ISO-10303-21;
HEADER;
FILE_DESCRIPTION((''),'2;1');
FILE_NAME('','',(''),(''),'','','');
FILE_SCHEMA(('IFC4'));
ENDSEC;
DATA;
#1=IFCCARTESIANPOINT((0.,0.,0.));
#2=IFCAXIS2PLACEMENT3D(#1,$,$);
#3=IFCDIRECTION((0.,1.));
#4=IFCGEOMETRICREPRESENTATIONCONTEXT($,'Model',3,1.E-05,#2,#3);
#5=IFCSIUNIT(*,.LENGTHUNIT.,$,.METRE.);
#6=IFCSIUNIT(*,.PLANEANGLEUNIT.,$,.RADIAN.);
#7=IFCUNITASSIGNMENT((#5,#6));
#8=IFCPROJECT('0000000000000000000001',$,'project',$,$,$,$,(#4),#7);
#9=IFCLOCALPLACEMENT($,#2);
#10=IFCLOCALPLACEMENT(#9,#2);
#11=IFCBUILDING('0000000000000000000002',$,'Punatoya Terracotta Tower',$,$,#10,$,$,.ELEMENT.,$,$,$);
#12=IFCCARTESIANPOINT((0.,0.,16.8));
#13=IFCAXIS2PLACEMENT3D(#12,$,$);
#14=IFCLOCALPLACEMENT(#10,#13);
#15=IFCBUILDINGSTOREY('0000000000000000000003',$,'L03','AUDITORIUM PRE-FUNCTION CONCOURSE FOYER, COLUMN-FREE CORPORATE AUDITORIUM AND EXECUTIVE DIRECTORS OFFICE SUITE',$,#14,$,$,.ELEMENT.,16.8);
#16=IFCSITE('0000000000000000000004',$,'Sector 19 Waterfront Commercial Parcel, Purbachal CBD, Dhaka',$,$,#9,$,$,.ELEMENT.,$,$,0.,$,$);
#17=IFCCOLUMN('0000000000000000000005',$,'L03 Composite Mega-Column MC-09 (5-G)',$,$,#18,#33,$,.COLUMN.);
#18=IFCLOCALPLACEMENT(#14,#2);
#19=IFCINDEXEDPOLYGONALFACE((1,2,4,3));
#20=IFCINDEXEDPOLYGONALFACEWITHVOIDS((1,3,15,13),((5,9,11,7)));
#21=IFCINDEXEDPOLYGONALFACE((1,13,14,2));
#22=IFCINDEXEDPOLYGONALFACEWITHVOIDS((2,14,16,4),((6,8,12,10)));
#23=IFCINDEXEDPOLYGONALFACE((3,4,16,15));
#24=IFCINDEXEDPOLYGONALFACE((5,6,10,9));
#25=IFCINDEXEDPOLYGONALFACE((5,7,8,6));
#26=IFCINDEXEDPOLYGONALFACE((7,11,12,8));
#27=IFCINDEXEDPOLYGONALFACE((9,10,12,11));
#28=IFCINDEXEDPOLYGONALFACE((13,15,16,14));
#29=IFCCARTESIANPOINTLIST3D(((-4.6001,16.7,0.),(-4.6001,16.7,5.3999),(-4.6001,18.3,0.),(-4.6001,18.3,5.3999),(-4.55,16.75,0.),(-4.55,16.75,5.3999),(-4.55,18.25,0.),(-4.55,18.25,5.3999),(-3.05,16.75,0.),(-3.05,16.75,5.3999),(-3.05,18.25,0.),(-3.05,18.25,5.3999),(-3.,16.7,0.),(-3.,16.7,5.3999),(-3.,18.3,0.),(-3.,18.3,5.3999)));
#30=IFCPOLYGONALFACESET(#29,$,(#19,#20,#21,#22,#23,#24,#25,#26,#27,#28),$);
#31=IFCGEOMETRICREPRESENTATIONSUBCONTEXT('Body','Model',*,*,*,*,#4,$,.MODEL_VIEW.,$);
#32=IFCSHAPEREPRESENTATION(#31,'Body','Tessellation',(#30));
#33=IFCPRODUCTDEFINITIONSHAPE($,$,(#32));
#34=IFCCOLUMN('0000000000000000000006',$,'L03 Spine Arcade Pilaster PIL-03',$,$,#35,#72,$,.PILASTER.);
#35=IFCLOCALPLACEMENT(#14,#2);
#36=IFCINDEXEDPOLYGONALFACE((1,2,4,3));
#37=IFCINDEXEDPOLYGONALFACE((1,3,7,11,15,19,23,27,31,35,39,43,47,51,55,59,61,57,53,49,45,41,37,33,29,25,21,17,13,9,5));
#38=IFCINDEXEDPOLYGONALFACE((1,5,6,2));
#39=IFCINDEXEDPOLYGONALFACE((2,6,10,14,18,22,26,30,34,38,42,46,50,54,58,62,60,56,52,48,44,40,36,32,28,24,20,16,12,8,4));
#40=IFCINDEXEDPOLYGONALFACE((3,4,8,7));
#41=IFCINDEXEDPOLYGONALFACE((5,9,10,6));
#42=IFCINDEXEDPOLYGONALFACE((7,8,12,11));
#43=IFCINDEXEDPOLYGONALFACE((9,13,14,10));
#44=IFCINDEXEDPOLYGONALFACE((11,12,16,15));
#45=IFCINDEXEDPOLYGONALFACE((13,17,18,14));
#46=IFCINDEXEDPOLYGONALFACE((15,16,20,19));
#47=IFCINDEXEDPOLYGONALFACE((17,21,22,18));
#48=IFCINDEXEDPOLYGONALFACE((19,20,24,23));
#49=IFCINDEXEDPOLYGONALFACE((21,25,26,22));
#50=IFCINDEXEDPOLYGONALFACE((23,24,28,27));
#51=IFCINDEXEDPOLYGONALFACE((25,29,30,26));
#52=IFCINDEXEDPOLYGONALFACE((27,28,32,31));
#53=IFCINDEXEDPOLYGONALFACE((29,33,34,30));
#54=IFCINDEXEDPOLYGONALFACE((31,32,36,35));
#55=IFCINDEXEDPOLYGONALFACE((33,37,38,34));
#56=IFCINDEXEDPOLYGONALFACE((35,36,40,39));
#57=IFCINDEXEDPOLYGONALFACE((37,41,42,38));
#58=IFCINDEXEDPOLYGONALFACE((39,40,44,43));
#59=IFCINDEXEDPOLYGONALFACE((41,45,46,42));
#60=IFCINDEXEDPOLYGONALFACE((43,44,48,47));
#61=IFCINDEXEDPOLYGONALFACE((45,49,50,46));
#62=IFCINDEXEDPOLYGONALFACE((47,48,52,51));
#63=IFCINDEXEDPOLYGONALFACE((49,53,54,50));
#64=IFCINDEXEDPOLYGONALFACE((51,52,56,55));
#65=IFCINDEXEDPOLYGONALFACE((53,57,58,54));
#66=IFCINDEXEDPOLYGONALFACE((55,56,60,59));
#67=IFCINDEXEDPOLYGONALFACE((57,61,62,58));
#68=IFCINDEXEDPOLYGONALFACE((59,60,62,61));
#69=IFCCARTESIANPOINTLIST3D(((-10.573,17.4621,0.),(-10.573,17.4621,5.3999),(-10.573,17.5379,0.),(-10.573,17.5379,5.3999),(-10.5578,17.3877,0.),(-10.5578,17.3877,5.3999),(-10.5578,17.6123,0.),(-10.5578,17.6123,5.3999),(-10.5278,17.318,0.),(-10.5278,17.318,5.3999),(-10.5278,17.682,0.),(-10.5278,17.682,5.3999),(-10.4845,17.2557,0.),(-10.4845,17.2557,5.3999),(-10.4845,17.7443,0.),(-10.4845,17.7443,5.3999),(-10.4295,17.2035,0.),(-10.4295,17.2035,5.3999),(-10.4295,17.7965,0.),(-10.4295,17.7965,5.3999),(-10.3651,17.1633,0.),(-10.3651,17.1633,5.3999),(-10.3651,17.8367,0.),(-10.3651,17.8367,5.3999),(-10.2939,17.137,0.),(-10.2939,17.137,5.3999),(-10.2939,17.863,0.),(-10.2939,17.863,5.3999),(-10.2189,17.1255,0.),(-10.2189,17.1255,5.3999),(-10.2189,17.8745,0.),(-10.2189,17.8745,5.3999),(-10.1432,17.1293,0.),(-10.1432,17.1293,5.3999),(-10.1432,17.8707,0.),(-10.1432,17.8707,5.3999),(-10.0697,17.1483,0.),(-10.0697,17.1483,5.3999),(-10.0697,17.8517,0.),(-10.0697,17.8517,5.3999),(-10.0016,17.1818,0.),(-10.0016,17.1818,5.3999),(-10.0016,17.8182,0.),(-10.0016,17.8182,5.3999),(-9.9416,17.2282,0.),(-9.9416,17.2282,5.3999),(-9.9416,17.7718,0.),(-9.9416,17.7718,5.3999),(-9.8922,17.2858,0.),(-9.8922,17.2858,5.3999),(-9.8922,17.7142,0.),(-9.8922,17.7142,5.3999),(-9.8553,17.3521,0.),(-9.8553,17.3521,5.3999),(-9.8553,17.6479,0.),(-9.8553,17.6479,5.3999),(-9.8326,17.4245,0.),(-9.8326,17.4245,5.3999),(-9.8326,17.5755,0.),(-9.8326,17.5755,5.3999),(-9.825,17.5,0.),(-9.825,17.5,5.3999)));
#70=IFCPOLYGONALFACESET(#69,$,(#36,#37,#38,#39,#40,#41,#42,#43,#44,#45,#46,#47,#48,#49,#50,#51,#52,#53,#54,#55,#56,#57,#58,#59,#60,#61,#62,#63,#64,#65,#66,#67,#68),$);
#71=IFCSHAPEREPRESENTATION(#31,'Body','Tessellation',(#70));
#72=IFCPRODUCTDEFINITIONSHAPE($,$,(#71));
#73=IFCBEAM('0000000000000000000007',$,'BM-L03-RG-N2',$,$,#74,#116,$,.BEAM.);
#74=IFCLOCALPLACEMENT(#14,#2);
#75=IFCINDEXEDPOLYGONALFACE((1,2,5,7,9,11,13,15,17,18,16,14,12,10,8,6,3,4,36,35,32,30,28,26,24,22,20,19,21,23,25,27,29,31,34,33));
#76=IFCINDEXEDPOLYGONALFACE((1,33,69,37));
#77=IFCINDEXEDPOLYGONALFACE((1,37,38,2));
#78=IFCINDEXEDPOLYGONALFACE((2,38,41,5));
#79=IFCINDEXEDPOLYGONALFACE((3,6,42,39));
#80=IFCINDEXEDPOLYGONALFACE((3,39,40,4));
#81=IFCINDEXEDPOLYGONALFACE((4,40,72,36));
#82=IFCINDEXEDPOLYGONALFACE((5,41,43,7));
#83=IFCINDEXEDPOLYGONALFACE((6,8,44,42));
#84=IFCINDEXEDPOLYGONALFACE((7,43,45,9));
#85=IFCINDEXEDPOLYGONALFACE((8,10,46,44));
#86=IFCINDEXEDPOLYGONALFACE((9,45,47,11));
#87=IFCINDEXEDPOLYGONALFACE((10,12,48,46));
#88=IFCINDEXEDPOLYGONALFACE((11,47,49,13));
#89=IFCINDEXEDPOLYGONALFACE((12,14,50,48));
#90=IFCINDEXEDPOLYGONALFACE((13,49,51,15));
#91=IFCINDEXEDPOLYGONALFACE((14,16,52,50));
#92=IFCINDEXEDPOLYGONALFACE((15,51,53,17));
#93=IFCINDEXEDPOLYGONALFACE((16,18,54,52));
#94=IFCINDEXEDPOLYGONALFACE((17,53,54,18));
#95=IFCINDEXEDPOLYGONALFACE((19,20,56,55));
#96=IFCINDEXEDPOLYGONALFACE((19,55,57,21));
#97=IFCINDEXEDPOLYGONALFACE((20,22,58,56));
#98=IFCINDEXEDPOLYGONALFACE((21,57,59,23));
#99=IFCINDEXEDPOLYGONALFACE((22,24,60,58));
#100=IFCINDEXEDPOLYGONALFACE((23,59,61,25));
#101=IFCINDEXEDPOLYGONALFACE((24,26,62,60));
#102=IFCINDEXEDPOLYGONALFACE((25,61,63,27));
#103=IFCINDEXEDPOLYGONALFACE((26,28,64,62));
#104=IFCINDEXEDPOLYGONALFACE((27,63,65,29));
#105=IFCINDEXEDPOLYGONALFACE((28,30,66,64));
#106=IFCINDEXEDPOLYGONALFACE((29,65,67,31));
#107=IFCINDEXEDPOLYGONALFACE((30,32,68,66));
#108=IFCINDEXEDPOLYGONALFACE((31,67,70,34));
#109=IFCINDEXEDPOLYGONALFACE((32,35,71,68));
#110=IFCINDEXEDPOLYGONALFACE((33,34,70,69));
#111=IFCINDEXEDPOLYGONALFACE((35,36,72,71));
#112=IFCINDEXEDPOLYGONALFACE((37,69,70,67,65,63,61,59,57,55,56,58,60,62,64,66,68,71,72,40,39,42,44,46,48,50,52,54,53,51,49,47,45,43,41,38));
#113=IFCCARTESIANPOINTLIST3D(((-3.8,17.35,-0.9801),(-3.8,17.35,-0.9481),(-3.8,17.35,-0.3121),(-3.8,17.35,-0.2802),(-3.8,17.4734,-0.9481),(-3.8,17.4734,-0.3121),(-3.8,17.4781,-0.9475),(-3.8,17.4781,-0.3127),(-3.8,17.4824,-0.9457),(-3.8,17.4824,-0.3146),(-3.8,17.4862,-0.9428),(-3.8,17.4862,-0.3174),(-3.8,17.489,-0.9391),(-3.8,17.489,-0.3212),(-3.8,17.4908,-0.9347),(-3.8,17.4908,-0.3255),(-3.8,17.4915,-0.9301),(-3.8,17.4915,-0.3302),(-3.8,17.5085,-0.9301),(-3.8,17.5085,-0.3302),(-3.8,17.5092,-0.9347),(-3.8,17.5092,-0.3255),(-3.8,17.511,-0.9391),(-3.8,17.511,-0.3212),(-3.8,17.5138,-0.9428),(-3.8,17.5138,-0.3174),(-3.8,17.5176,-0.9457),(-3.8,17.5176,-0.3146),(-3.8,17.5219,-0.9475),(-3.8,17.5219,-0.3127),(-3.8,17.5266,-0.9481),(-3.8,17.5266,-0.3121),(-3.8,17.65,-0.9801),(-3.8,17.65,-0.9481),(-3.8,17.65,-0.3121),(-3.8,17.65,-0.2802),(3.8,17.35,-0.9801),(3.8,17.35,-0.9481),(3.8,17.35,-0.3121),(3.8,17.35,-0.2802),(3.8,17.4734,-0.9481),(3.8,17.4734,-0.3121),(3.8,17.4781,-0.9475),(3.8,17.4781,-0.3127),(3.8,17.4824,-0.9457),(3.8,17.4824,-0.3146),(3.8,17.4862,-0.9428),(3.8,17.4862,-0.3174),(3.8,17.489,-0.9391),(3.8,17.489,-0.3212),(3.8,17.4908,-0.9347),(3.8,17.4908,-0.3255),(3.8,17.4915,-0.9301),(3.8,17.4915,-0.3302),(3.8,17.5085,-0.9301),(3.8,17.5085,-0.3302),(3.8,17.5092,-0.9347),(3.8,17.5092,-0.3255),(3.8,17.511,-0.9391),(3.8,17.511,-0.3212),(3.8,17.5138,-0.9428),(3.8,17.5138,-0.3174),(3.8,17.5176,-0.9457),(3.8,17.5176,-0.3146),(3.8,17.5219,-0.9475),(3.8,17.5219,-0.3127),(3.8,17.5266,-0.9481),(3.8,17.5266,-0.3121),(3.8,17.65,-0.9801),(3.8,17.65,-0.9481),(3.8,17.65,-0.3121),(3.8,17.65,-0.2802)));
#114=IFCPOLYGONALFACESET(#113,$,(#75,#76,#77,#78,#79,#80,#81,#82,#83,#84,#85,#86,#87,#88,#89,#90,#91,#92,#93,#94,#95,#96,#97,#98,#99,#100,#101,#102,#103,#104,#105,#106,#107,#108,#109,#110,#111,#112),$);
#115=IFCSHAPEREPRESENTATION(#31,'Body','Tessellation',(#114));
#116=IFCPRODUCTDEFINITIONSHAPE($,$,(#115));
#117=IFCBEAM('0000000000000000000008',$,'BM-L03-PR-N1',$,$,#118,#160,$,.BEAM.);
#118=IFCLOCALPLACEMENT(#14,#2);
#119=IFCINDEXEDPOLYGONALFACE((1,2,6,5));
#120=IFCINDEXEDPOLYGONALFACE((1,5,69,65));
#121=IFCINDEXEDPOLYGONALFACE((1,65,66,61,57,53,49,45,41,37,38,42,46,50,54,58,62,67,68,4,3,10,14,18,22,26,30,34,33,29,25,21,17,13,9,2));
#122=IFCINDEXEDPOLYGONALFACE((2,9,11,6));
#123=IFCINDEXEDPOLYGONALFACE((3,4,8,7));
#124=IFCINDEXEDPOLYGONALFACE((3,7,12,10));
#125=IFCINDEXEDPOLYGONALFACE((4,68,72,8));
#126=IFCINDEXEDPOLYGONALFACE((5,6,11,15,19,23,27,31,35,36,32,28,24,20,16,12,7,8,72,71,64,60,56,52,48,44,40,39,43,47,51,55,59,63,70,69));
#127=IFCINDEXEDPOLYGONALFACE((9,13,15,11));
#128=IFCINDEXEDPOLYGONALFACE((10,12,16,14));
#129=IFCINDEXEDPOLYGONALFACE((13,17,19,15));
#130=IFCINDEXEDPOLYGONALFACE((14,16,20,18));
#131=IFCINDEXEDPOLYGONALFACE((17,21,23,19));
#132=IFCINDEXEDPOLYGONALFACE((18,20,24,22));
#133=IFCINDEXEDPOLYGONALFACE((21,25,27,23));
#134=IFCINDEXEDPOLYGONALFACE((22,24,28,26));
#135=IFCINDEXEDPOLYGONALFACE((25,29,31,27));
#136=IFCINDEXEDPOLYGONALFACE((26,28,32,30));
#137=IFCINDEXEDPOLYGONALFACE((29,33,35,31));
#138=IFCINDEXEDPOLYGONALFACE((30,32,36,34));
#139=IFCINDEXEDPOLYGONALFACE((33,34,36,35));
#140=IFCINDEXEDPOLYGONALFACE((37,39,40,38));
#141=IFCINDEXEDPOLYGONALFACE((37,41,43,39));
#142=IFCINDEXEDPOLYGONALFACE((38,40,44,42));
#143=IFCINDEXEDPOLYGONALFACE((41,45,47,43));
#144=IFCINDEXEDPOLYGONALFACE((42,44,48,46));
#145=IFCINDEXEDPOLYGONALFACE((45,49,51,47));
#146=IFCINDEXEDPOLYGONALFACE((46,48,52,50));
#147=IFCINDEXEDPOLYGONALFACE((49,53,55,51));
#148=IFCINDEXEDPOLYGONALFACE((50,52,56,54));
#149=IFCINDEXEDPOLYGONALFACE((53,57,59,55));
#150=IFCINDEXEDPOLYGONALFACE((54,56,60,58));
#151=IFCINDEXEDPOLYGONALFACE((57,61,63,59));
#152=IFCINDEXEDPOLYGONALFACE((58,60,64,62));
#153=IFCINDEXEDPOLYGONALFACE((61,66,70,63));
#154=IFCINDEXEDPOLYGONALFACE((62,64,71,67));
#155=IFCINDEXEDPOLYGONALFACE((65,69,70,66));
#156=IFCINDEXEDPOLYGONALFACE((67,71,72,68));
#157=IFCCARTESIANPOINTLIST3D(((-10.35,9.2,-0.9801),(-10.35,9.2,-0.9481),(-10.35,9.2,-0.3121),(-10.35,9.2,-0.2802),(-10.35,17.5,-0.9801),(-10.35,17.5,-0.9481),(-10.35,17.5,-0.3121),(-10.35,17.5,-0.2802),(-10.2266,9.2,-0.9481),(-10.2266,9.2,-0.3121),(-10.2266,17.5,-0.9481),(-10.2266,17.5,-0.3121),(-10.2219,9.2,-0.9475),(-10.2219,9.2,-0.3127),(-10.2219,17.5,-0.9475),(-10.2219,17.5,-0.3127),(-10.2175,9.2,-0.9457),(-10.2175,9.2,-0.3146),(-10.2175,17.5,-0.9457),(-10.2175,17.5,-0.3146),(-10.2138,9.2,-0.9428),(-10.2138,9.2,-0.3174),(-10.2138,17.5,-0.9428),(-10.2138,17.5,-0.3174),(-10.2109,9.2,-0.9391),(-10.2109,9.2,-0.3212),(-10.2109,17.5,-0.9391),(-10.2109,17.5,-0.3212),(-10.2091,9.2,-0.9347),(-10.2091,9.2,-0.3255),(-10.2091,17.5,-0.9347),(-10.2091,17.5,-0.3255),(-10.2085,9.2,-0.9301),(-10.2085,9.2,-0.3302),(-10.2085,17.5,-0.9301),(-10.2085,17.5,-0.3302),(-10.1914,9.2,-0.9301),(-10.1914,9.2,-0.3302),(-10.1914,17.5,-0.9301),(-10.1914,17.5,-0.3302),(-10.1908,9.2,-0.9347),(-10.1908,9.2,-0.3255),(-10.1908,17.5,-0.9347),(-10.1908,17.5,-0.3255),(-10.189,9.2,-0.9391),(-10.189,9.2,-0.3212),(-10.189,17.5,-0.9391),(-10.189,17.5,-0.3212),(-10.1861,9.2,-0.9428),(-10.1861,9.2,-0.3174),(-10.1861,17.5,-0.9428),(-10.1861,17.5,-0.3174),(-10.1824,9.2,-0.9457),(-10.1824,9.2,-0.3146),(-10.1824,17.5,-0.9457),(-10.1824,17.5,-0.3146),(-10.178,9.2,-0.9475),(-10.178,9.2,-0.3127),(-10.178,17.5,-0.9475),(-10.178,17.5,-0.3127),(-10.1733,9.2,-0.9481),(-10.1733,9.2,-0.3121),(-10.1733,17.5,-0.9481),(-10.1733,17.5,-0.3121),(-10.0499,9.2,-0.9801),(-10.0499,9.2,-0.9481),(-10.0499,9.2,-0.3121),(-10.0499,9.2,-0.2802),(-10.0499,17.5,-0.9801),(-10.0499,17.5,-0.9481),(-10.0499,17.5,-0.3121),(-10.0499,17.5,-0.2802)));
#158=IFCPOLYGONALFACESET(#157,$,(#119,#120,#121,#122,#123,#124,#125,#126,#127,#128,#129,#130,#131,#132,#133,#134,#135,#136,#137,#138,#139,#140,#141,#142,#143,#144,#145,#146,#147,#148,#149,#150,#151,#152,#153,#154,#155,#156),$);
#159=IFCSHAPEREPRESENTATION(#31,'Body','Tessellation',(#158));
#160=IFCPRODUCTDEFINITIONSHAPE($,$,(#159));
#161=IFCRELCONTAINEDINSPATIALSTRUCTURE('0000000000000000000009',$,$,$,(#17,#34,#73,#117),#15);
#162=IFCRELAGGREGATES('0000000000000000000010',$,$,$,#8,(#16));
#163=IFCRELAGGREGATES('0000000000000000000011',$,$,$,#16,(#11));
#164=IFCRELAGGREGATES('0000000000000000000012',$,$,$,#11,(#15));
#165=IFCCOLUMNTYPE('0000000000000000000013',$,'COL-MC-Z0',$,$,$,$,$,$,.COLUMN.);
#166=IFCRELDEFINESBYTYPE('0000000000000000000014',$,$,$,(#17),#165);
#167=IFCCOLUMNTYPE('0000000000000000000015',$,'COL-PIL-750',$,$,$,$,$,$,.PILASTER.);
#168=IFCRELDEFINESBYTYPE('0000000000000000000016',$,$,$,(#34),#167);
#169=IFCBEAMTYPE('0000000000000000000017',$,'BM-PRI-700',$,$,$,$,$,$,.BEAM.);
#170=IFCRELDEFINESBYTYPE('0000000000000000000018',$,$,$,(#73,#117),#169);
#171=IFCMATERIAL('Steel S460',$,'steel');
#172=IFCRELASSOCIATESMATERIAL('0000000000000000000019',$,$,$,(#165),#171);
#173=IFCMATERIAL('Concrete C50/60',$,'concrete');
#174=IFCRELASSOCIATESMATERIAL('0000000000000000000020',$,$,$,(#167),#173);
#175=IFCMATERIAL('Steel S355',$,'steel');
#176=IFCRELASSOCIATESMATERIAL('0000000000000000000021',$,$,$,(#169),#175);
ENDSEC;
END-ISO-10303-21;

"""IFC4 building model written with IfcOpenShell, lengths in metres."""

from ifc_helpers import new_model, si_unit, direction, frame, origin, origin_2d, place, context, subcontext, project, spatial, hollow_rectangle, circle, i_section, extrude, material, material_profile, profile_set, type_object, element, save


model = new_model("IFC4")

# Units and contexts
model_context = context("Model", 3, precision=1e-05, world=origin(), true_north=direction((0.0, 1.0)))
body_context = subcontext(model_context, "Body", "Model", "MODEL_VIEW")
ifc_project = project(units=[si_unit("LENGTHUNIT", "METRE"), si_unit("PLANEANGLEUNIT", "RADIAN")], contexts=[model_context])

# Site, building, storey
site_placement = place(None, origin())
site = spatial("IfcSite", under=ifc_project, at=site_placement, Name="Sector 19 Waterfront Commercial Parcel, Purbachal CBD, Dhaka", CompositionType="ELEMENT", RefElevation=0.0)
building_placement = place(site_placement, origin())
building = spatial("IfcBuilding", under=site, at=building_placement, Name="Punatoya Terracotta Tower", CompositionType="ELEMENT")
storey_placement = place(building_placement, frame((0.0, 0.0, 16.8)))
storey = spatial("IfcBuildingStorey", under=building, at=storey_placement, Name="L03", Description="AUDITORIUM PRE-FUNCTION CONCOURSE FOYER, COLUMN-FREE CORPORATE AUDITORIUM AND EXECUTIVE DIRECTORS OFFICE SUITE", CompositionType="ELEMENT", Elevation=16.8)

# Columns
ifc_material_1 = material(Name="Steel S460", Category="steel")
ifc_material_profile_1 = material_profile(ifc_material_1, hollow_rectangle(XDim=1.6001, YDim=1.6001, WallThickness=0.05, at=origin_2d()))
ifc_profile_set_1 = profile_set([ifc_material_profile_1], Name="Steel S460")
column_type_1 = type_object("IfcColumnType", Name="COL-MC-Z0", PredefinedType="COLUMN", material=ifc_profile_set_1)
column_1_placement = place(storey_placement, frame((-3.8, 17.5, 0.0), z_axis=(0.0, 0.0, 1.0), x_axis=(1.0, 0.0, 0.0)))
element("IfcColumn", 1, at=column_1_placement, inside=storey, type_object=column_type_1, Name="L03 Composite Mega-Column MC-09 (5-G)", PredefinedType="COLUMN", context=body_context, shape_type="SweptSolid", body=[
    extrude(hollow_rectangle(XDim=1.6001, YDim=1.6001, WallThickness=0.05, at=origin_2d()), origin(), (0.0, 0.0, 1.0), 5.3999),
])
ifc_material_2 = material(Name="Concrete C50/60", Category="concrete")
ifc_material_profile_2 = material_profile(ifc_material_2, circle(Radius=0.375, at=origin_2d()))
ifc_profile_set_2 = profile_set([ifc_material_profile_2], Name="Concrete C50/60")
column_type_2 = type_object("IfcColumnType", Name="COL-PIL-750", PredefinedType="PILASTER", material=ifc_profile_set_2)
column_2_placement = place(storey_placement, frame((-10.2, 17.5, 0.0), z_axis=(0.0, 0.0, 1.0), x_axis=(1.0, 0.0, 0.0)))
element("IfcColumn", 2, at=column_2_placement, inside=storey, type_object=column_type_2, Name="L03 Spine Arcade Pilaster PIL-03", PredefinedType="PILASTER", context=body_context, shape_type="SweptSolid", body=[
    extrude(circle(Radius=0.375, at=origin_2d()), origin(), (0.0, 0.0, 1.0), 5.3999),
])

# Beams
ifc_material_3 = material(Name="Steel S355", Category="steel")
ifc_material_profile_3 = material_profile(ifc_material_3, i_section(OverallWidth=0.3, OverallDepth=0.7, WebThickness=0.0171, FlangeThickness=0.032, FilletRadius=0.0181, at=origin_2d()))
ifc_profile_set_3 = profile_set([ifc_material_profile_3], Name="Steel S355")
beam_type_1 = type_object("IfcBeamType", Name="BM-PRI-700", PredefinedType="BEAM", material=ifc_profile_set_3)
beam_1_placement = place(storey_placement, frame((-3.8, 17.5, -0.6301), z_axis=(1.0, 0.0, 0.0), x_axis=(0.0, 1.0, 0.0)))
element("IfcBeam", 3, at=beam_1_placement, inside=storey, type_object=beam_type_1, Name="BM-L03-RG-N2", PredefinedType="BEAM", context=body_context, shape_type="SweptSolid", body=[
    extrude(i_section(OverallWidth=0.3, OverallDepth=0.7, WebThickness=0.0171, FlangeThickness=0.032, FilletRadius=0.0181, at=origin_2d()), origin(), (0.0, 0.0, 1.0), 7.6001),
])
for number, where, z_axis, x_axis, name in (
    (4, (-10.2, 9.2, -0.6301), (0.0, 1.0, 0.0), (-1.0, 0.0, 0.0), "BM-L03-PR-N1"),
):
    element("IfcBeam", number, at=place(storey_placement, frame(where, z_axis=z_axis, x_axis=x_axis)), inside=storey, type_object=beam_type_1, Name=name, PredefinedType="BEAM", context=body_context, shape_type="SweptSolid", body=[
        extrude(i_section(OverallWidth=0.3, OverallDepth=0.7, WebThickness=0.0171, FlangeThickness=0.032, FilletRadius=0.0181, at=origin_2d()), origin(), (0.0, 0.0, 1.0), 8.3),
    ])

save(model, "model.ifc")
